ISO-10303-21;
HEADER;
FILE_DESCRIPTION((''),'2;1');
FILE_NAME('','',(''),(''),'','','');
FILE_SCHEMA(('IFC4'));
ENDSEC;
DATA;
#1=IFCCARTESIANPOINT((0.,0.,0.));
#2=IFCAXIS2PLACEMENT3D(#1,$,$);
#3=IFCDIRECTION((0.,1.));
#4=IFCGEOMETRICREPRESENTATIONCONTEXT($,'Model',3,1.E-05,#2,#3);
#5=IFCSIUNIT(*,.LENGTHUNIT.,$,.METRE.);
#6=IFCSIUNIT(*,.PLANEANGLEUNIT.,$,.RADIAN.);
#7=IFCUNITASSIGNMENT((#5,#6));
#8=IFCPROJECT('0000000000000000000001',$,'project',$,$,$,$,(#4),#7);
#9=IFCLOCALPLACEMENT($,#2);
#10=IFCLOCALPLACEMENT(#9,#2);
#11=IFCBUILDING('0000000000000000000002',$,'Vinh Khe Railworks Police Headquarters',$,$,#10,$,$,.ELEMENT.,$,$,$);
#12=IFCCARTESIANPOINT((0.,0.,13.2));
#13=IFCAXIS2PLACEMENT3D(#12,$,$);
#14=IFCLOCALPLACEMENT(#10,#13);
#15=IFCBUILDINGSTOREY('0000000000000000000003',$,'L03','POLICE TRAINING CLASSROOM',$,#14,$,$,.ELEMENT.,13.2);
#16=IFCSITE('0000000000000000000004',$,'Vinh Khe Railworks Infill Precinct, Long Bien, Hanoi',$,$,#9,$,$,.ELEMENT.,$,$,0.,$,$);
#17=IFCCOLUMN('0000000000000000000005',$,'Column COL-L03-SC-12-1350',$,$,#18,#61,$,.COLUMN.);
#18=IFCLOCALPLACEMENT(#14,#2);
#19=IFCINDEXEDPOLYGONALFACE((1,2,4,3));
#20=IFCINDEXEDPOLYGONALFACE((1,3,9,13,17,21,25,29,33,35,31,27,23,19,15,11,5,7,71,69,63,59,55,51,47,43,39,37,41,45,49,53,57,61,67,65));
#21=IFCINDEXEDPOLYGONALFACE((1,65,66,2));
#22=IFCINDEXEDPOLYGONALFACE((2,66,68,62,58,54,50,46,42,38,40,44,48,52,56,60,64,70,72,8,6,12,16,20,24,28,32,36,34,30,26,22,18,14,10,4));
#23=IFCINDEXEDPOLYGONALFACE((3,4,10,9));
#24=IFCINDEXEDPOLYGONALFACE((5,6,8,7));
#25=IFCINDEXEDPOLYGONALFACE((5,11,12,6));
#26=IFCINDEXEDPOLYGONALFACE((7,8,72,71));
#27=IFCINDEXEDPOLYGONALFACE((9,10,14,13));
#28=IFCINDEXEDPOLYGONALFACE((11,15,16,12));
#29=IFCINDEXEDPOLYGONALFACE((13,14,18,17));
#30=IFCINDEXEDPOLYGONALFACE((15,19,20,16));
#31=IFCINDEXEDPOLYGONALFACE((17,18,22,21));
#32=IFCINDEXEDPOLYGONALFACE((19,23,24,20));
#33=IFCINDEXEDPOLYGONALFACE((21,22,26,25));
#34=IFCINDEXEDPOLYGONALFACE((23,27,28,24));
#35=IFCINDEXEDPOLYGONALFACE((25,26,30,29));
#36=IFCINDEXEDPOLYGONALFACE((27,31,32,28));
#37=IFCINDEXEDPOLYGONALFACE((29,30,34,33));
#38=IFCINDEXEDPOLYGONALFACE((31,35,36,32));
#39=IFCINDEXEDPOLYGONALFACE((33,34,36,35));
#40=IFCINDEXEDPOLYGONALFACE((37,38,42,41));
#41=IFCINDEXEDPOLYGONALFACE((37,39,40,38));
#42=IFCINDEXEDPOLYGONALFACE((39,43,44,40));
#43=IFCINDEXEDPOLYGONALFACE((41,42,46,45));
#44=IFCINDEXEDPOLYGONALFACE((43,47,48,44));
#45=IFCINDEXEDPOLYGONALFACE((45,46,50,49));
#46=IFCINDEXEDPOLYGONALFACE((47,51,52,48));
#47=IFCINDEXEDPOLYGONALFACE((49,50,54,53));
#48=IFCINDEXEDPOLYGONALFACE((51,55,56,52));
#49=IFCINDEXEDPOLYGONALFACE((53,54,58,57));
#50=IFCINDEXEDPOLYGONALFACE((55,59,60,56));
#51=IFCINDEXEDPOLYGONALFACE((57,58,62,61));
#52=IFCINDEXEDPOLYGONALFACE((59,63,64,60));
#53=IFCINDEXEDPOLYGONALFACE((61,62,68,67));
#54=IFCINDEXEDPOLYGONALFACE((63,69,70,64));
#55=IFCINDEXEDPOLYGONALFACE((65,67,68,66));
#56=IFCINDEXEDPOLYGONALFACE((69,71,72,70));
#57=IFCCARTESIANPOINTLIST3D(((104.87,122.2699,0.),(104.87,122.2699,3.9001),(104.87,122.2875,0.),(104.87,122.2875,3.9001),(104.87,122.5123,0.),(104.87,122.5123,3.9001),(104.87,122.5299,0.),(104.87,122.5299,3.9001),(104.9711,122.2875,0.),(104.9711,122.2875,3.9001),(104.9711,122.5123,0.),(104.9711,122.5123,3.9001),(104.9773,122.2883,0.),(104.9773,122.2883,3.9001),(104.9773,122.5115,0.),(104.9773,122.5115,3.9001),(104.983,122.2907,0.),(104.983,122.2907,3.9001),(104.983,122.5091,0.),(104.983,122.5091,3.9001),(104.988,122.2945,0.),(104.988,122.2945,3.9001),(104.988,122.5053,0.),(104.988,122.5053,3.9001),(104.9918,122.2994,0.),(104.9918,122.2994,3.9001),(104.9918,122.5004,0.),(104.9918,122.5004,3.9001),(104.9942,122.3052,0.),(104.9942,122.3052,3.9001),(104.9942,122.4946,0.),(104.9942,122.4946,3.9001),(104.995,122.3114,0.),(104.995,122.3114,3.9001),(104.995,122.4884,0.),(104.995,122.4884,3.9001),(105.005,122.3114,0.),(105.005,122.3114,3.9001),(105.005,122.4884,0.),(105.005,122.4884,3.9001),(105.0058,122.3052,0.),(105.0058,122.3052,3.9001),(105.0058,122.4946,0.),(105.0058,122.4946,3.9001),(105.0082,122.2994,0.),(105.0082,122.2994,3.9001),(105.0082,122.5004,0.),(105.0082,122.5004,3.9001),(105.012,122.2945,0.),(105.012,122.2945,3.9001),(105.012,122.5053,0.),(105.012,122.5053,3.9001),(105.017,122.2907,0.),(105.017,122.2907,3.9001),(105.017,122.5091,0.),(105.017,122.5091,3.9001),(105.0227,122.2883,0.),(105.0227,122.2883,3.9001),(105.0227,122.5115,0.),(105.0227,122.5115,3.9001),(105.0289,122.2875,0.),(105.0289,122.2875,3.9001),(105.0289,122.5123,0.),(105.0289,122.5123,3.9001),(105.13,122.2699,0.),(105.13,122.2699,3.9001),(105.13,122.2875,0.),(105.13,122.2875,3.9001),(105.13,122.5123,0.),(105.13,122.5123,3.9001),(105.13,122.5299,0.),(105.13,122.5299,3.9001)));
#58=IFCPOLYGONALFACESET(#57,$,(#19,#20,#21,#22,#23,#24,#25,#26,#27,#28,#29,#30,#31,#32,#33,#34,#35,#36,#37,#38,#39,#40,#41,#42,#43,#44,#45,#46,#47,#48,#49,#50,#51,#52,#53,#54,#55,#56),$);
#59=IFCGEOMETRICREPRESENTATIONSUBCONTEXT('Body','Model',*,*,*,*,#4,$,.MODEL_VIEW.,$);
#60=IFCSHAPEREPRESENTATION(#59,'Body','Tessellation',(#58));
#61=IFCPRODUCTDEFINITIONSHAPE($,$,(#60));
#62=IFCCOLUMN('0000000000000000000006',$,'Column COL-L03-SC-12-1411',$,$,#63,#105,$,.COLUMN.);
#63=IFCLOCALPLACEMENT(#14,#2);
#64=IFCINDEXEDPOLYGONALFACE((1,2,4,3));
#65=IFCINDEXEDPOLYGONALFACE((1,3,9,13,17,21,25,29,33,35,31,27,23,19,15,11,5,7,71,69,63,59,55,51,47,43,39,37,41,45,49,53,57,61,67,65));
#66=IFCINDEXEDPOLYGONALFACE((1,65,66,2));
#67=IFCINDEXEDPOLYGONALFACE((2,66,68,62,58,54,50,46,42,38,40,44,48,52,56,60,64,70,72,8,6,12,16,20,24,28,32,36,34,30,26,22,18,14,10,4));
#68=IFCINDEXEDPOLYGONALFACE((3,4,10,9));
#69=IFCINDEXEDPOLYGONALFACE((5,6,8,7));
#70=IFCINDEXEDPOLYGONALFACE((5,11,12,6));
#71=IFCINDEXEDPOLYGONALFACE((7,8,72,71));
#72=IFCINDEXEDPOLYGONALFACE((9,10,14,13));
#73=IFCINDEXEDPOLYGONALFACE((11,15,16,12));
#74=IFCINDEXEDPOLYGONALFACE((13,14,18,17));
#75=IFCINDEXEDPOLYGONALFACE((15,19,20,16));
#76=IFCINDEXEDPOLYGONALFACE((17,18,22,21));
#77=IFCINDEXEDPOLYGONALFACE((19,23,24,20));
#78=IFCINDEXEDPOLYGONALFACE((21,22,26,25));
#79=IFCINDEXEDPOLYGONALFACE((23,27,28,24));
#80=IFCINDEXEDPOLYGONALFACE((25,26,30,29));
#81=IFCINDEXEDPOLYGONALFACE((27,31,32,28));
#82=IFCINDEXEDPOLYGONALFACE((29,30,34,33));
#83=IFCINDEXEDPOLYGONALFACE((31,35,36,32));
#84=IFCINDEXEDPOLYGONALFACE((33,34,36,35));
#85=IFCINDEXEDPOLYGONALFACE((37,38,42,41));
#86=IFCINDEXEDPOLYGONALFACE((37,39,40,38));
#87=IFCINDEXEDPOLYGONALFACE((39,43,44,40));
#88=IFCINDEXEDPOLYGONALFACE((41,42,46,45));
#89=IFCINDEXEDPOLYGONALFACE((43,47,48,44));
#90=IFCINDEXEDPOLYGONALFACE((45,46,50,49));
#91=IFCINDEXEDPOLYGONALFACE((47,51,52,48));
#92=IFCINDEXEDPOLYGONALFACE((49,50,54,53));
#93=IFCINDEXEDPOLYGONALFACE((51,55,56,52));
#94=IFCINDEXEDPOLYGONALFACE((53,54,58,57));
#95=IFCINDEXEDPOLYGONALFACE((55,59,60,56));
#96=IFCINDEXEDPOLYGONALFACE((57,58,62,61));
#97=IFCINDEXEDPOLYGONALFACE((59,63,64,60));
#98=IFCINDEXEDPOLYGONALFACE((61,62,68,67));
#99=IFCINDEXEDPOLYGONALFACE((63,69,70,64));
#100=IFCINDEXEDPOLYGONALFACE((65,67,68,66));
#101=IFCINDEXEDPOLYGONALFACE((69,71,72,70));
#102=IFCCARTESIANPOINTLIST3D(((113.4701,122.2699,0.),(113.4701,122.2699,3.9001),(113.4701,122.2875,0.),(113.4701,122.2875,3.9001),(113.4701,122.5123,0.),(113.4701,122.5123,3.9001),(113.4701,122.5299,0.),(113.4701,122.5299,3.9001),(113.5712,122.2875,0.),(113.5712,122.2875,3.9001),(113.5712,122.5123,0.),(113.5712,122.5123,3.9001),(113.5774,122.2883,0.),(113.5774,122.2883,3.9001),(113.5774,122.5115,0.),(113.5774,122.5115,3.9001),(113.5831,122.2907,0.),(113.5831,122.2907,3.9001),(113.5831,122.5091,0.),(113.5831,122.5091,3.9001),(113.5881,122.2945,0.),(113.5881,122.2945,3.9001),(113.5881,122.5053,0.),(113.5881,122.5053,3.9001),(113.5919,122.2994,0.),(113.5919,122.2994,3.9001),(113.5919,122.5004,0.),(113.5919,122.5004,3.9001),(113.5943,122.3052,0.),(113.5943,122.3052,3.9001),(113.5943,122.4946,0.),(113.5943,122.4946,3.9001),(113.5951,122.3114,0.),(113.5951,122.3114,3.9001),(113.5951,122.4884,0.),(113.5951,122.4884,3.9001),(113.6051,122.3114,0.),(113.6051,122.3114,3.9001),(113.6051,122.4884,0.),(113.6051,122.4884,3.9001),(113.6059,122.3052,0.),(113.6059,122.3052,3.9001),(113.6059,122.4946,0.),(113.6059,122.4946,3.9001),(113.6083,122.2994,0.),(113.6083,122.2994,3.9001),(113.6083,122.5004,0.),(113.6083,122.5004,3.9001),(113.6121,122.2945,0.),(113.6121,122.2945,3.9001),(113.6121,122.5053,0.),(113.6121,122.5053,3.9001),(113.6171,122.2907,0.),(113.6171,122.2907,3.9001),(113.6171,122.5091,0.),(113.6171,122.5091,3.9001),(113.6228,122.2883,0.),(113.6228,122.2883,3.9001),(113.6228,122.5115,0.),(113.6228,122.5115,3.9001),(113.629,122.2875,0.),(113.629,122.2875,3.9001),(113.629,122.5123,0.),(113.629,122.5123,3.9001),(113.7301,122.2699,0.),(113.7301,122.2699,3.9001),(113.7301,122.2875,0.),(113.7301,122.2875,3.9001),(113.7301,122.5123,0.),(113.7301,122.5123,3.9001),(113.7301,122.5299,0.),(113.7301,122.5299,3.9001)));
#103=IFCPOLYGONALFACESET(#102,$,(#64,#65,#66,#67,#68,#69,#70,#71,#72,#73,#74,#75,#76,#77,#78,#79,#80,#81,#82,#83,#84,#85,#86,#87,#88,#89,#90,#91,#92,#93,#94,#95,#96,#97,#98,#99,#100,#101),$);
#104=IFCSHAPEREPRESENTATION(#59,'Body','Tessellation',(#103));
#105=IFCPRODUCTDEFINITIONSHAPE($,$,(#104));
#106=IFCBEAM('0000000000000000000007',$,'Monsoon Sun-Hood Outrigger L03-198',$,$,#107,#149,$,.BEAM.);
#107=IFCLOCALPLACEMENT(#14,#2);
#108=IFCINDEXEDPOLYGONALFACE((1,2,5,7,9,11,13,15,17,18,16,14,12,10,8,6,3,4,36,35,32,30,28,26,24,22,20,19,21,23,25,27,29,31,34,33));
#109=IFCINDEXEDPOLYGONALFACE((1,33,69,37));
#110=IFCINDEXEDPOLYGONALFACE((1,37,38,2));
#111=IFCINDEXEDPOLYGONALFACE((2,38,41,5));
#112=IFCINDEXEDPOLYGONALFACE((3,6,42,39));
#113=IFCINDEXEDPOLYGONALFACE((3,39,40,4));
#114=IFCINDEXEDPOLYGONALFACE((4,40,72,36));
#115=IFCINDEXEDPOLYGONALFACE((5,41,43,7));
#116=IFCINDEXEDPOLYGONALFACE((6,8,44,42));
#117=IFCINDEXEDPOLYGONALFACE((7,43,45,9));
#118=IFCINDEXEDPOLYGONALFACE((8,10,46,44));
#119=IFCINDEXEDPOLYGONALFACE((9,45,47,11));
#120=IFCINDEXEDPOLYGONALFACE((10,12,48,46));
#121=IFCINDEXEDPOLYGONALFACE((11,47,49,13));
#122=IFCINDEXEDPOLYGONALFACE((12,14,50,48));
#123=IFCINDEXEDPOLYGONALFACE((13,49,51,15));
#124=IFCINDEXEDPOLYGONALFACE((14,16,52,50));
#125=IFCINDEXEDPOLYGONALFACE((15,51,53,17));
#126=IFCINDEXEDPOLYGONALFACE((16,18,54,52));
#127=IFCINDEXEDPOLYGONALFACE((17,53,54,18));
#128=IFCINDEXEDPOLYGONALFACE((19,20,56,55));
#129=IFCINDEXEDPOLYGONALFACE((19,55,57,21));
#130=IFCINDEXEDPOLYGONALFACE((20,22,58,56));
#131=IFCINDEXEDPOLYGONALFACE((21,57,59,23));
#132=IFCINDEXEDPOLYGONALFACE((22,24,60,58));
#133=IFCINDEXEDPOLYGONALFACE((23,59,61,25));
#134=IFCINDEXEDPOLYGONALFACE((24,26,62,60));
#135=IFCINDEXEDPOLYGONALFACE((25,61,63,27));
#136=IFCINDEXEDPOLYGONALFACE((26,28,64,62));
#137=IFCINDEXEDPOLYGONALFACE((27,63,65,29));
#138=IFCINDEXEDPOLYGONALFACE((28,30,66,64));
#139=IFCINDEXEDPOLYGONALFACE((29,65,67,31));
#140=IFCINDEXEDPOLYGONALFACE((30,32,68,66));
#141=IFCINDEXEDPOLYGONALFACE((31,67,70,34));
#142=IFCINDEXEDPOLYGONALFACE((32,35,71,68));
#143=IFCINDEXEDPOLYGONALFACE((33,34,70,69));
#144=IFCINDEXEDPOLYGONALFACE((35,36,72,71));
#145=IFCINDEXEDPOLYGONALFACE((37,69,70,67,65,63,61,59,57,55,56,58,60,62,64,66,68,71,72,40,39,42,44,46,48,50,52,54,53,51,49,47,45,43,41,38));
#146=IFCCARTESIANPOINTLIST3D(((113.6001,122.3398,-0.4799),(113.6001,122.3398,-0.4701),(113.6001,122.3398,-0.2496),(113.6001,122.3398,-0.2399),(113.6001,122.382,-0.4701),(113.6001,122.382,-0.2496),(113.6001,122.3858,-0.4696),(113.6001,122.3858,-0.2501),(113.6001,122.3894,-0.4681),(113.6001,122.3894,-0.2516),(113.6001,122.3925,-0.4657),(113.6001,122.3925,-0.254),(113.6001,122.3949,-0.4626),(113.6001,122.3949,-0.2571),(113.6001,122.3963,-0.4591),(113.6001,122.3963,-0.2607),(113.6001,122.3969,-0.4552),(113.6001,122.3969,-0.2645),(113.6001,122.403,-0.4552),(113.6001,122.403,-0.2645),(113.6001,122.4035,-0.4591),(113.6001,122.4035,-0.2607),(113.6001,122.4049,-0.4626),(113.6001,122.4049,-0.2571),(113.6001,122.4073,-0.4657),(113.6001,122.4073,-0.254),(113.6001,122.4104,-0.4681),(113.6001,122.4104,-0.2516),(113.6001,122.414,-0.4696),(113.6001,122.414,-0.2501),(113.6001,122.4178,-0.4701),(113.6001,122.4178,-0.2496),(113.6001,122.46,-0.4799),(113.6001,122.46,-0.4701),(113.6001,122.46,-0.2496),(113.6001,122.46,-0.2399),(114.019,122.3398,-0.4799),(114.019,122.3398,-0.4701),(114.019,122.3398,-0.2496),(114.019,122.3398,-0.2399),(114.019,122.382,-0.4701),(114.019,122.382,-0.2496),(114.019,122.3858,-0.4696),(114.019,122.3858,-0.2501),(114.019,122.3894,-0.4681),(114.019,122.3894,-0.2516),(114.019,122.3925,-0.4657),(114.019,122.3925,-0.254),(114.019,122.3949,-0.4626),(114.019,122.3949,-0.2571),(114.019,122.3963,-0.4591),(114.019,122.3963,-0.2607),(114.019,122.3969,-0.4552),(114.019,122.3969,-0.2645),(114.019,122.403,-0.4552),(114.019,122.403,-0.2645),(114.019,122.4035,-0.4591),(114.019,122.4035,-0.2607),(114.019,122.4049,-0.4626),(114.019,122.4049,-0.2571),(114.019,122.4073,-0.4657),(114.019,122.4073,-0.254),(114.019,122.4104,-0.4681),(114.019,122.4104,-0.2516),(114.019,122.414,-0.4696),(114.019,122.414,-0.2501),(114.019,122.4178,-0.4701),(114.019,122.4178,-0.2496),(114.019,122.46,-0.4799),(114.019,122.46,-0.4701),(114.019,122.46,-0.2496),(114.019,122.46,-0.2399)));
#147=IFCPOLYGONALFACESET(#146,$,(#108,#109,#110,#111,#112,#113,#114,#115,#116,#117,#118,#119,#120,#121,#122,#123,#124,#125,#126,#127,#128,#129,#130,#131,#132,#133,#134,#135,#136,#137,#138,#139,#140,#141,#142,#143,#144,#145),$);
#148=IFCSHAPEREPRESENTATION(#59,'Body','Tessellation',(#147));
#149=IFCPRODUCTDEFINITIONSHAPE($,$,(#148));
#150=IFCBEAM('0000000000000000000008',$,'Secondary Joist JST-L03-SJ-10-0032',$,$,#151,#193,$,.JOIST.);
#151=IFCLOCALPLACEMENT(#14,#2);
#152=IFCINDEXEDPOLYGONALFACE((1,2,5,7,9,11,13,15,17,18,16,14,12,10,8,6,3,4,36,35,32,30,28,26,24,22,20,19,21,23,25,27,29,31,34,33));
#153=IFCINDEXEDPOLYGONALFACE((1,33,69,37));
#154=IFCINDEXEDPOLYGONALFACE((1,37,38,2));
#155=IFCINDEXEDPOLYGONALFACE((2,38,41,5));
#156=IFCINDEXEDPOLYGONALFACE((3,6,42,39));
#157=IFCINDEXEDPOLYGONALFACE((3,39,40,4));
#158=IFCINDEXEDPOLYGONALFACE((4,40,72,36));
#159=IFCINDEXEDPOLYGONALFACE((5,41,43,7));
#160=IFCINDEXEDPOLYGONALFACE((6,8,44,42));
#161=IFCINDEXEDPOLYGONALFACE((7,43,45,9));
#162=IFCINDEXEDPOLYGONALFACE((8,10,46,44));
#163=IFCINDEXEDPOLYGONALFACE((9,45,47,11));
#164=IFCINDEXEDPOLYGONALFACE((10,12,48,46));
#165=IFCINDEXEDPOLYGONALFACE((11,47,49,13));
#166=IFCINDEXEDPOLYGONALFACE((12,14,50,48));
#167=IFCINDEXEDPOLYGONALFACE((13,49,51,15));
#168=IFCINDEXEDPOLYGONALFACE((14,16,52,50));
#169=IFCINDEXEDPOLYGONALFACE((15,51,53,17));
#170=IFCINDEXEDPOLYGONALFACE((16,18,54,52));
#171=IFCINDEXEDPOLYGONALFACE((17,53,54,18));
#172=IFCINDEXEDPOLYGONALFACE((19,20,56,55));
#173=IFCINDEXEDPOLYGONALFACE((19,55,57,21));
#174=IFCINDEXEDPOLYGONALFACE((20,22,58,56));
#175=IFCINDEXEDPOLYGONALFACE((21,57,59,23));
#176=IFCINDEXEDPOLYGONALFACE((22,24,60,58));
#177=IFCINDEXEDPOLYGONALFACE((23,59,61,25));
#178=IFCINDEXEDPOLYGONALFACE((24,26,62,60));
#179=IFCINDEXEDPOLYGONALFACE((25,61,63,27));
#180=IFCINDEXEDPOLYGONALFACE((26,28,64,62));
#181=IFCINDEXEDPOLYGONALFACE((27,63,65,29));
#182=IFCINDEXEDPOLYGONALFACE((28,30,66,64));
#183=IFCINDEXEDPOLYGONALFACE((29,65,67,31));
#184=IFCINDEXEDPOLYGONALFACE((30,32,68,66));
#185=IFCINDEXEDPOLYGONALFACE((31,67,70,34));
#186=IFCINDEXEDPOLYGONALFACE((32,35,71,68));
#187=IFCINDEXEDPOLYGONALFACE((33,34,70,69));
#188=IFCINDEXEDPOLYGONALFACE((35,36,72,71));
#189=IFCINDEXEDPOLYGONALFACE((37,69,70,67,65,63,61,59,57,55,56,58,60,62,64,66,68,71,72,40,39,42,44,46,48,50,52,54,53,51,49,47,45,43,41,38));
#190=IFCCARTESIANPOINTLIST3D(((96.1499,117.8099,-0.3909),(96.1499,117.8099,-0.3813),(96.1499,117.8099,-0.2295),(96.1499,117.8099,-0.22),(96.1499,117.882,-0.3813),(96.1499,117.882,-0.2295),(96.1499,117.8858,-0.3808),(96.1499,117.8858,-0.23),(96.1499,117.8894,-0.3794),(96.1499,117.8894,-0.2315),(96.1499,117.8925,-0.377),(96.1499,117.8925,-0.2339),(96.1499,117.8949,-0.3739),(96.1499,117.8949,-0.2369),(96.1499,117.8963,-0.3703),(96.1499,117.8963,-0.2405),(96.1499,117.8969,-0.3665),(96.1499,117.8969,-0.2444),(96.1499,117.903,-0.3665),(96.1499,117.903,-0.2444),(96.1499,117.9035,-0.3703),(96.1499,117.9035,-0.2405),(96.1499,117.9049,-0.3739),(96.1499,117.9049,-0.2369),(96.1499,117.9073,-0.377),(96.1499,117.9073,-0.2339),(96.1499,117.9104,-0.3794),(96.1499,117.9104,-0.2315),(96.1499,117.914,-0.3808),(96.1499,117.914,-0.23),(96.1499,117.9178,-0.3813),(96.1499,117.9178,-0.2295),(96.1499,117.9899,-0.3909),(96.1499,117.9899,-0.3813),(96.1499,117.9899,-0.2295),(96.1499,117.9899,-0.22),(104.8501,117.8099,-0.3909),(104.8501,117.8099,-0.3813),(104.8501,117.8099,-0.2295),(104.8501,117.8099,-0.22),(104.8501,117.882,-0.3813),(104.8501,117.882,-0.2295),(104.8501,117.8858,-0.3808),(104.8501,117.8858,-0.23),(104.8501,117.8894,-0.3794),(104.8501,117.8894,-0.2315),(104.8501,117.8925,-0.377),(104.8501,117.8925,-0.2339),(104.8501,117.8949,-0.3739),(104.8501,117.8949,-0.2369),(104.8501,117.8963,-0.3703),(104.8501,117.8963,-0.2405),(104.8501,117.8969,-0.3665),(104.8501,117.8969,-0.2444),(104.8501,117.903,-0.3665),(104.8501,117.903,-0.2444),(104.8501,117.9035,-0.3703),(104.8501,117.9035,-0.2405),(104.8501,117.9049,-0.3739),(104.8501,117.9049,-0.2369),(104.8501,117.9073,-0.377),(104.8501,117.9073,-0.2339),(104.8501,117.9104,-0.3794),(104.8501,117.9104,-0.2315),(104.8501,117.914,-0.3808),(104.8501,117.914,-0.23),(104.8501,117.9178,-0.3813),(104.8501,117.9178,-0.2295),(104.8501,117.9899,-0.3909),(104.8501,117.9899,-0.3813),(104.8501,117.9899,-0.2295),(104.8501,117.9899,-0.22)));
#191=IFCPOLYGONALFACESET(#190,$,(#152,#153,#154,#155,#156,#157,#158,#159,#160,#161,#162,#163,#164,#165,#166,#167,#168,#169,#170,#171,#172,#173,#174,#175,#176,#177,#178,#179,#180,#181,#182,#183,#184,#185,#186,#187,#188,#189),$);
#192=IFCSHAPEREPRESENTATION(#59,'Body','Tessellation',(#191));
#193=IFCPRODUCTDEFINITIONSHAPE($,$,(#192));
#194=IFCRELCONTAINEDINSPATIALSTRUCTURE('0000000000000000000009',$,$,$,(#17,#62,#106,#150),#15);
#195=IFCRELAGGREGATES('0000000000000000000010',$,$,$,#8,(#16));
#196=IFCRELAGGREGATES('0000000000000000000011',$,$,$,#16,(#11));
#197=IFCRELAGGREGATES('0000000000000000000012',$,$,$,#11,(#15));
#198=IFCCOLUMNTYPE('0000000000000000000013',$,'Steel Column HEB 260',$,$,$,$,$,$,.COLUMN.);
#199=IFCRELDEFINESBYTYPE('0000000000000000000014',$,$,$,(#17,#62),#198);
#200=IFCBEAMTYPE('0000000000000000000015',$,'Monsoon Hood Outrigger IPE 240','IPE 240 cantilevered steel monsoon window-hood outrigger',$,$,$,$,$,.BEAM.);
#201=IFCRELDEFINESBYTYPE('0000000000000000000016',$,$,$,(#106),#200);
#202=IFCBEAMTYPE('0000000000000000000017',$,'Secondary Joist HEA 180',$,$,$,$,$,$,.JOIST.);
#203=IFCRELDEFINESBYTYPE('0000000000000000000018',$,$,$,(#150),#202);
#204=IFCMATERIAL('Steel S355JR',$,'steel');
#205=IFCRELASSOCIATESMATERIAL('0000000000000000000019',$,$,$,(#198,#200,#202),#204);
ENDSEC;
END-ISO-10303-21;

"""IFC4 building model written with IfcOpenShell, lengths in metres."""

from ifc_helpers import new_model, si_unit, direction, frame, origin, origin_2d, place, context, subcontext, project, spatial, i_section, extrude, material, material_profile, profile_set, type_object, element, save


model = new_model("IFC4")

# Units and contexts
model_context = context("Model", 3, precision=1e-05, world=origin(), true_north=direction((0.0, 1.0)))
body_context = subcontext(model_context, "Body", "Model", "MODEL_VIEW")
ifc_project = project(units=[si_unit("LENGTHUNIT", "METRE"), si_unit("PLANEANGLEUNIT", "RADIAN")], contexts=[model_context])

# Site, building, storey
site_placement = place(None, origin())
site = spatial("IfcSite", under=ifc_project, at=site_placement, Name="Vinh Khe Railworks Infill Precinct, Long Bien, Hanoi", CompositionType="ELEMENT", RefElevation=0.0)
building_placement = place(site_placement, origin())
building = spatial("IfcBuilding", under=site, at=building_placement, Name="Vinh Khe Railworks Police Headquarters", CompositionType="ELEMENT")
storey_placement = place(building_placement, frame((0.0, 0.0, 13.2)))
storey = spatial("IfcBuildingStorey", under=building, at=storey_placement, Name="L03", Description="POLICE TRAINING CLASSROOM", CompositionType="ELEMENT", Elevation=13.2)

# Columns
ifc_material_1 = material(Name="Steel S355JR", Category="steel")
ifc_material_profile_1 = material_profile(ifc_material_1, i_section(OverallWidth=0.26, OverallDepth=0.26, WebThickness=0.01, FlangeThickness=0.0176, FilletRadius=0.0239, at=origin_2d()), Name="HEB 260")
ifc_profile_set_1 = profile_set([ifc_material_profile_1], Name="Steel S355JR")
column_type = type_object("IfcColumnType", Name="Steel Column HEB 260", PredefinedType="COLUMN", material=ifc_profile_set_1)
for number, where, z_axis, x_axis, name in (
    (1, (105.0, 122.3999, 0.0), (0.0, 0.0, 1.0), (1.0, 0.0, 0.0), "Column COL-L03-SC-12-1350"),
    (2, (113.6001, 122.3999, 0.0), (0.0, 0.0, 1.0), (1.0, 0.0, 0.0), "Column COL-L03-SC-12-1411"),
):
    element("IfcColumn", number, at=place(storey_placement, frame(where, z_axis=z_axis, x_axis=x_axis)), inside=storey, type_object=column_type, Name=name, PredefinedType="COLUMN", context=body_context, shape_type="SweptSolid", body=[
        extrude(i_section(OverallWidth=0.26, OverallDepth=0.26, WebThickness=0.01, FlangeThickness=0.0176, FilletRadius=0.0239, at=origin_2d()), origin(), (0.0, 0.0, 1.0), 3.9001),
    ])

# Beams
ifc_material_profile_2 = material_profile(ifc_material_1, i_section(OverallWidth=0.1201, OverallDepth=0.24, WebThickness=0.0061, FlangeThickness=0.0098, FilletRadius=0.0149, at=origin_2d()), Name="IPE 240")
ifc_profile_set_2 = profile_set([ifc_material_profile_2], Name="Steel S355JR")
beam_type_1 = type_object("IfcBeamType", Name="Monsoon Hood Outrigger IPE 240", Description="IPE 240 cantilevered steel monsoon window-hood outrigger", PredefinedType="BEAM", material=ifc_profile_set_2)
beam_1_placement = place(storey_placement, frame((113.6001, 122.3999, -0.3599), z_axis=(1.0, 0.0, 0.0), x_axis=(0.0, 1.0, 0.0)))
element("IfcBeam", 3, at=beam_1_placement, inside=storey, type_object=beam_type_1, Name="Monsoon Sun-Hood Outrigger L03-198", PredefinedType="BEAM", context=body_context, shape_type="SweptSolid", body=[
    extrude(i_section(OverallWidth=0.1201, OverallDepth=0.24, WebThickness=0.0061, FlangeThickness=0.0098, FilletRadius=0.0149, at=origin_2d()), origin(), (0.0, 0.0, 1.0), 0.4189),
])
ifc_material_profile_3 = material_profile(ifc_material_1, i_section(OverallWidth=0.1799, OverallDepth=0.1709, WebThickness=0.0061, FlangeThickness=0.0095, FilletRadius=0.0149, at=origin_2d()), Name="HEA 180")
ifc_profile_set_3 = profile_set([ifc_material_profile_3], Name="Steel S355JR")
beam_type_2 = type_object("IfcBeamType", Name="Secondary Joist HEA 180", PredefinedType="JOIST", material=ifc_profile_set_3)
beam_2_placement = place(storey_placement, frame((96.1499, 117.8999, -0.3054), z_axis=(1.0, 0.0, 0.0), x_axis=(0.0, 1.0, 0.0)))
element("IfcBeam", 4, at=beam_2_placement, inside=storey, type_object=beam_type_2, Name="Secondary Joist JST-L03-SJ-10-0032", PredefinedType="JOIST", context=body_context, shape_type="SweptSolid", body=[
    extrude(i_section(OverallWidth=0.1799, OverallDepth=0.1709, WebThickness=0.0061, FlangeThickness=0.0095, FilletRadius=0.0149, at=origin_2d()), origin(), (0.0, 0.0, 1.0), 8.7002),
])

save(model, "model.ifc")
